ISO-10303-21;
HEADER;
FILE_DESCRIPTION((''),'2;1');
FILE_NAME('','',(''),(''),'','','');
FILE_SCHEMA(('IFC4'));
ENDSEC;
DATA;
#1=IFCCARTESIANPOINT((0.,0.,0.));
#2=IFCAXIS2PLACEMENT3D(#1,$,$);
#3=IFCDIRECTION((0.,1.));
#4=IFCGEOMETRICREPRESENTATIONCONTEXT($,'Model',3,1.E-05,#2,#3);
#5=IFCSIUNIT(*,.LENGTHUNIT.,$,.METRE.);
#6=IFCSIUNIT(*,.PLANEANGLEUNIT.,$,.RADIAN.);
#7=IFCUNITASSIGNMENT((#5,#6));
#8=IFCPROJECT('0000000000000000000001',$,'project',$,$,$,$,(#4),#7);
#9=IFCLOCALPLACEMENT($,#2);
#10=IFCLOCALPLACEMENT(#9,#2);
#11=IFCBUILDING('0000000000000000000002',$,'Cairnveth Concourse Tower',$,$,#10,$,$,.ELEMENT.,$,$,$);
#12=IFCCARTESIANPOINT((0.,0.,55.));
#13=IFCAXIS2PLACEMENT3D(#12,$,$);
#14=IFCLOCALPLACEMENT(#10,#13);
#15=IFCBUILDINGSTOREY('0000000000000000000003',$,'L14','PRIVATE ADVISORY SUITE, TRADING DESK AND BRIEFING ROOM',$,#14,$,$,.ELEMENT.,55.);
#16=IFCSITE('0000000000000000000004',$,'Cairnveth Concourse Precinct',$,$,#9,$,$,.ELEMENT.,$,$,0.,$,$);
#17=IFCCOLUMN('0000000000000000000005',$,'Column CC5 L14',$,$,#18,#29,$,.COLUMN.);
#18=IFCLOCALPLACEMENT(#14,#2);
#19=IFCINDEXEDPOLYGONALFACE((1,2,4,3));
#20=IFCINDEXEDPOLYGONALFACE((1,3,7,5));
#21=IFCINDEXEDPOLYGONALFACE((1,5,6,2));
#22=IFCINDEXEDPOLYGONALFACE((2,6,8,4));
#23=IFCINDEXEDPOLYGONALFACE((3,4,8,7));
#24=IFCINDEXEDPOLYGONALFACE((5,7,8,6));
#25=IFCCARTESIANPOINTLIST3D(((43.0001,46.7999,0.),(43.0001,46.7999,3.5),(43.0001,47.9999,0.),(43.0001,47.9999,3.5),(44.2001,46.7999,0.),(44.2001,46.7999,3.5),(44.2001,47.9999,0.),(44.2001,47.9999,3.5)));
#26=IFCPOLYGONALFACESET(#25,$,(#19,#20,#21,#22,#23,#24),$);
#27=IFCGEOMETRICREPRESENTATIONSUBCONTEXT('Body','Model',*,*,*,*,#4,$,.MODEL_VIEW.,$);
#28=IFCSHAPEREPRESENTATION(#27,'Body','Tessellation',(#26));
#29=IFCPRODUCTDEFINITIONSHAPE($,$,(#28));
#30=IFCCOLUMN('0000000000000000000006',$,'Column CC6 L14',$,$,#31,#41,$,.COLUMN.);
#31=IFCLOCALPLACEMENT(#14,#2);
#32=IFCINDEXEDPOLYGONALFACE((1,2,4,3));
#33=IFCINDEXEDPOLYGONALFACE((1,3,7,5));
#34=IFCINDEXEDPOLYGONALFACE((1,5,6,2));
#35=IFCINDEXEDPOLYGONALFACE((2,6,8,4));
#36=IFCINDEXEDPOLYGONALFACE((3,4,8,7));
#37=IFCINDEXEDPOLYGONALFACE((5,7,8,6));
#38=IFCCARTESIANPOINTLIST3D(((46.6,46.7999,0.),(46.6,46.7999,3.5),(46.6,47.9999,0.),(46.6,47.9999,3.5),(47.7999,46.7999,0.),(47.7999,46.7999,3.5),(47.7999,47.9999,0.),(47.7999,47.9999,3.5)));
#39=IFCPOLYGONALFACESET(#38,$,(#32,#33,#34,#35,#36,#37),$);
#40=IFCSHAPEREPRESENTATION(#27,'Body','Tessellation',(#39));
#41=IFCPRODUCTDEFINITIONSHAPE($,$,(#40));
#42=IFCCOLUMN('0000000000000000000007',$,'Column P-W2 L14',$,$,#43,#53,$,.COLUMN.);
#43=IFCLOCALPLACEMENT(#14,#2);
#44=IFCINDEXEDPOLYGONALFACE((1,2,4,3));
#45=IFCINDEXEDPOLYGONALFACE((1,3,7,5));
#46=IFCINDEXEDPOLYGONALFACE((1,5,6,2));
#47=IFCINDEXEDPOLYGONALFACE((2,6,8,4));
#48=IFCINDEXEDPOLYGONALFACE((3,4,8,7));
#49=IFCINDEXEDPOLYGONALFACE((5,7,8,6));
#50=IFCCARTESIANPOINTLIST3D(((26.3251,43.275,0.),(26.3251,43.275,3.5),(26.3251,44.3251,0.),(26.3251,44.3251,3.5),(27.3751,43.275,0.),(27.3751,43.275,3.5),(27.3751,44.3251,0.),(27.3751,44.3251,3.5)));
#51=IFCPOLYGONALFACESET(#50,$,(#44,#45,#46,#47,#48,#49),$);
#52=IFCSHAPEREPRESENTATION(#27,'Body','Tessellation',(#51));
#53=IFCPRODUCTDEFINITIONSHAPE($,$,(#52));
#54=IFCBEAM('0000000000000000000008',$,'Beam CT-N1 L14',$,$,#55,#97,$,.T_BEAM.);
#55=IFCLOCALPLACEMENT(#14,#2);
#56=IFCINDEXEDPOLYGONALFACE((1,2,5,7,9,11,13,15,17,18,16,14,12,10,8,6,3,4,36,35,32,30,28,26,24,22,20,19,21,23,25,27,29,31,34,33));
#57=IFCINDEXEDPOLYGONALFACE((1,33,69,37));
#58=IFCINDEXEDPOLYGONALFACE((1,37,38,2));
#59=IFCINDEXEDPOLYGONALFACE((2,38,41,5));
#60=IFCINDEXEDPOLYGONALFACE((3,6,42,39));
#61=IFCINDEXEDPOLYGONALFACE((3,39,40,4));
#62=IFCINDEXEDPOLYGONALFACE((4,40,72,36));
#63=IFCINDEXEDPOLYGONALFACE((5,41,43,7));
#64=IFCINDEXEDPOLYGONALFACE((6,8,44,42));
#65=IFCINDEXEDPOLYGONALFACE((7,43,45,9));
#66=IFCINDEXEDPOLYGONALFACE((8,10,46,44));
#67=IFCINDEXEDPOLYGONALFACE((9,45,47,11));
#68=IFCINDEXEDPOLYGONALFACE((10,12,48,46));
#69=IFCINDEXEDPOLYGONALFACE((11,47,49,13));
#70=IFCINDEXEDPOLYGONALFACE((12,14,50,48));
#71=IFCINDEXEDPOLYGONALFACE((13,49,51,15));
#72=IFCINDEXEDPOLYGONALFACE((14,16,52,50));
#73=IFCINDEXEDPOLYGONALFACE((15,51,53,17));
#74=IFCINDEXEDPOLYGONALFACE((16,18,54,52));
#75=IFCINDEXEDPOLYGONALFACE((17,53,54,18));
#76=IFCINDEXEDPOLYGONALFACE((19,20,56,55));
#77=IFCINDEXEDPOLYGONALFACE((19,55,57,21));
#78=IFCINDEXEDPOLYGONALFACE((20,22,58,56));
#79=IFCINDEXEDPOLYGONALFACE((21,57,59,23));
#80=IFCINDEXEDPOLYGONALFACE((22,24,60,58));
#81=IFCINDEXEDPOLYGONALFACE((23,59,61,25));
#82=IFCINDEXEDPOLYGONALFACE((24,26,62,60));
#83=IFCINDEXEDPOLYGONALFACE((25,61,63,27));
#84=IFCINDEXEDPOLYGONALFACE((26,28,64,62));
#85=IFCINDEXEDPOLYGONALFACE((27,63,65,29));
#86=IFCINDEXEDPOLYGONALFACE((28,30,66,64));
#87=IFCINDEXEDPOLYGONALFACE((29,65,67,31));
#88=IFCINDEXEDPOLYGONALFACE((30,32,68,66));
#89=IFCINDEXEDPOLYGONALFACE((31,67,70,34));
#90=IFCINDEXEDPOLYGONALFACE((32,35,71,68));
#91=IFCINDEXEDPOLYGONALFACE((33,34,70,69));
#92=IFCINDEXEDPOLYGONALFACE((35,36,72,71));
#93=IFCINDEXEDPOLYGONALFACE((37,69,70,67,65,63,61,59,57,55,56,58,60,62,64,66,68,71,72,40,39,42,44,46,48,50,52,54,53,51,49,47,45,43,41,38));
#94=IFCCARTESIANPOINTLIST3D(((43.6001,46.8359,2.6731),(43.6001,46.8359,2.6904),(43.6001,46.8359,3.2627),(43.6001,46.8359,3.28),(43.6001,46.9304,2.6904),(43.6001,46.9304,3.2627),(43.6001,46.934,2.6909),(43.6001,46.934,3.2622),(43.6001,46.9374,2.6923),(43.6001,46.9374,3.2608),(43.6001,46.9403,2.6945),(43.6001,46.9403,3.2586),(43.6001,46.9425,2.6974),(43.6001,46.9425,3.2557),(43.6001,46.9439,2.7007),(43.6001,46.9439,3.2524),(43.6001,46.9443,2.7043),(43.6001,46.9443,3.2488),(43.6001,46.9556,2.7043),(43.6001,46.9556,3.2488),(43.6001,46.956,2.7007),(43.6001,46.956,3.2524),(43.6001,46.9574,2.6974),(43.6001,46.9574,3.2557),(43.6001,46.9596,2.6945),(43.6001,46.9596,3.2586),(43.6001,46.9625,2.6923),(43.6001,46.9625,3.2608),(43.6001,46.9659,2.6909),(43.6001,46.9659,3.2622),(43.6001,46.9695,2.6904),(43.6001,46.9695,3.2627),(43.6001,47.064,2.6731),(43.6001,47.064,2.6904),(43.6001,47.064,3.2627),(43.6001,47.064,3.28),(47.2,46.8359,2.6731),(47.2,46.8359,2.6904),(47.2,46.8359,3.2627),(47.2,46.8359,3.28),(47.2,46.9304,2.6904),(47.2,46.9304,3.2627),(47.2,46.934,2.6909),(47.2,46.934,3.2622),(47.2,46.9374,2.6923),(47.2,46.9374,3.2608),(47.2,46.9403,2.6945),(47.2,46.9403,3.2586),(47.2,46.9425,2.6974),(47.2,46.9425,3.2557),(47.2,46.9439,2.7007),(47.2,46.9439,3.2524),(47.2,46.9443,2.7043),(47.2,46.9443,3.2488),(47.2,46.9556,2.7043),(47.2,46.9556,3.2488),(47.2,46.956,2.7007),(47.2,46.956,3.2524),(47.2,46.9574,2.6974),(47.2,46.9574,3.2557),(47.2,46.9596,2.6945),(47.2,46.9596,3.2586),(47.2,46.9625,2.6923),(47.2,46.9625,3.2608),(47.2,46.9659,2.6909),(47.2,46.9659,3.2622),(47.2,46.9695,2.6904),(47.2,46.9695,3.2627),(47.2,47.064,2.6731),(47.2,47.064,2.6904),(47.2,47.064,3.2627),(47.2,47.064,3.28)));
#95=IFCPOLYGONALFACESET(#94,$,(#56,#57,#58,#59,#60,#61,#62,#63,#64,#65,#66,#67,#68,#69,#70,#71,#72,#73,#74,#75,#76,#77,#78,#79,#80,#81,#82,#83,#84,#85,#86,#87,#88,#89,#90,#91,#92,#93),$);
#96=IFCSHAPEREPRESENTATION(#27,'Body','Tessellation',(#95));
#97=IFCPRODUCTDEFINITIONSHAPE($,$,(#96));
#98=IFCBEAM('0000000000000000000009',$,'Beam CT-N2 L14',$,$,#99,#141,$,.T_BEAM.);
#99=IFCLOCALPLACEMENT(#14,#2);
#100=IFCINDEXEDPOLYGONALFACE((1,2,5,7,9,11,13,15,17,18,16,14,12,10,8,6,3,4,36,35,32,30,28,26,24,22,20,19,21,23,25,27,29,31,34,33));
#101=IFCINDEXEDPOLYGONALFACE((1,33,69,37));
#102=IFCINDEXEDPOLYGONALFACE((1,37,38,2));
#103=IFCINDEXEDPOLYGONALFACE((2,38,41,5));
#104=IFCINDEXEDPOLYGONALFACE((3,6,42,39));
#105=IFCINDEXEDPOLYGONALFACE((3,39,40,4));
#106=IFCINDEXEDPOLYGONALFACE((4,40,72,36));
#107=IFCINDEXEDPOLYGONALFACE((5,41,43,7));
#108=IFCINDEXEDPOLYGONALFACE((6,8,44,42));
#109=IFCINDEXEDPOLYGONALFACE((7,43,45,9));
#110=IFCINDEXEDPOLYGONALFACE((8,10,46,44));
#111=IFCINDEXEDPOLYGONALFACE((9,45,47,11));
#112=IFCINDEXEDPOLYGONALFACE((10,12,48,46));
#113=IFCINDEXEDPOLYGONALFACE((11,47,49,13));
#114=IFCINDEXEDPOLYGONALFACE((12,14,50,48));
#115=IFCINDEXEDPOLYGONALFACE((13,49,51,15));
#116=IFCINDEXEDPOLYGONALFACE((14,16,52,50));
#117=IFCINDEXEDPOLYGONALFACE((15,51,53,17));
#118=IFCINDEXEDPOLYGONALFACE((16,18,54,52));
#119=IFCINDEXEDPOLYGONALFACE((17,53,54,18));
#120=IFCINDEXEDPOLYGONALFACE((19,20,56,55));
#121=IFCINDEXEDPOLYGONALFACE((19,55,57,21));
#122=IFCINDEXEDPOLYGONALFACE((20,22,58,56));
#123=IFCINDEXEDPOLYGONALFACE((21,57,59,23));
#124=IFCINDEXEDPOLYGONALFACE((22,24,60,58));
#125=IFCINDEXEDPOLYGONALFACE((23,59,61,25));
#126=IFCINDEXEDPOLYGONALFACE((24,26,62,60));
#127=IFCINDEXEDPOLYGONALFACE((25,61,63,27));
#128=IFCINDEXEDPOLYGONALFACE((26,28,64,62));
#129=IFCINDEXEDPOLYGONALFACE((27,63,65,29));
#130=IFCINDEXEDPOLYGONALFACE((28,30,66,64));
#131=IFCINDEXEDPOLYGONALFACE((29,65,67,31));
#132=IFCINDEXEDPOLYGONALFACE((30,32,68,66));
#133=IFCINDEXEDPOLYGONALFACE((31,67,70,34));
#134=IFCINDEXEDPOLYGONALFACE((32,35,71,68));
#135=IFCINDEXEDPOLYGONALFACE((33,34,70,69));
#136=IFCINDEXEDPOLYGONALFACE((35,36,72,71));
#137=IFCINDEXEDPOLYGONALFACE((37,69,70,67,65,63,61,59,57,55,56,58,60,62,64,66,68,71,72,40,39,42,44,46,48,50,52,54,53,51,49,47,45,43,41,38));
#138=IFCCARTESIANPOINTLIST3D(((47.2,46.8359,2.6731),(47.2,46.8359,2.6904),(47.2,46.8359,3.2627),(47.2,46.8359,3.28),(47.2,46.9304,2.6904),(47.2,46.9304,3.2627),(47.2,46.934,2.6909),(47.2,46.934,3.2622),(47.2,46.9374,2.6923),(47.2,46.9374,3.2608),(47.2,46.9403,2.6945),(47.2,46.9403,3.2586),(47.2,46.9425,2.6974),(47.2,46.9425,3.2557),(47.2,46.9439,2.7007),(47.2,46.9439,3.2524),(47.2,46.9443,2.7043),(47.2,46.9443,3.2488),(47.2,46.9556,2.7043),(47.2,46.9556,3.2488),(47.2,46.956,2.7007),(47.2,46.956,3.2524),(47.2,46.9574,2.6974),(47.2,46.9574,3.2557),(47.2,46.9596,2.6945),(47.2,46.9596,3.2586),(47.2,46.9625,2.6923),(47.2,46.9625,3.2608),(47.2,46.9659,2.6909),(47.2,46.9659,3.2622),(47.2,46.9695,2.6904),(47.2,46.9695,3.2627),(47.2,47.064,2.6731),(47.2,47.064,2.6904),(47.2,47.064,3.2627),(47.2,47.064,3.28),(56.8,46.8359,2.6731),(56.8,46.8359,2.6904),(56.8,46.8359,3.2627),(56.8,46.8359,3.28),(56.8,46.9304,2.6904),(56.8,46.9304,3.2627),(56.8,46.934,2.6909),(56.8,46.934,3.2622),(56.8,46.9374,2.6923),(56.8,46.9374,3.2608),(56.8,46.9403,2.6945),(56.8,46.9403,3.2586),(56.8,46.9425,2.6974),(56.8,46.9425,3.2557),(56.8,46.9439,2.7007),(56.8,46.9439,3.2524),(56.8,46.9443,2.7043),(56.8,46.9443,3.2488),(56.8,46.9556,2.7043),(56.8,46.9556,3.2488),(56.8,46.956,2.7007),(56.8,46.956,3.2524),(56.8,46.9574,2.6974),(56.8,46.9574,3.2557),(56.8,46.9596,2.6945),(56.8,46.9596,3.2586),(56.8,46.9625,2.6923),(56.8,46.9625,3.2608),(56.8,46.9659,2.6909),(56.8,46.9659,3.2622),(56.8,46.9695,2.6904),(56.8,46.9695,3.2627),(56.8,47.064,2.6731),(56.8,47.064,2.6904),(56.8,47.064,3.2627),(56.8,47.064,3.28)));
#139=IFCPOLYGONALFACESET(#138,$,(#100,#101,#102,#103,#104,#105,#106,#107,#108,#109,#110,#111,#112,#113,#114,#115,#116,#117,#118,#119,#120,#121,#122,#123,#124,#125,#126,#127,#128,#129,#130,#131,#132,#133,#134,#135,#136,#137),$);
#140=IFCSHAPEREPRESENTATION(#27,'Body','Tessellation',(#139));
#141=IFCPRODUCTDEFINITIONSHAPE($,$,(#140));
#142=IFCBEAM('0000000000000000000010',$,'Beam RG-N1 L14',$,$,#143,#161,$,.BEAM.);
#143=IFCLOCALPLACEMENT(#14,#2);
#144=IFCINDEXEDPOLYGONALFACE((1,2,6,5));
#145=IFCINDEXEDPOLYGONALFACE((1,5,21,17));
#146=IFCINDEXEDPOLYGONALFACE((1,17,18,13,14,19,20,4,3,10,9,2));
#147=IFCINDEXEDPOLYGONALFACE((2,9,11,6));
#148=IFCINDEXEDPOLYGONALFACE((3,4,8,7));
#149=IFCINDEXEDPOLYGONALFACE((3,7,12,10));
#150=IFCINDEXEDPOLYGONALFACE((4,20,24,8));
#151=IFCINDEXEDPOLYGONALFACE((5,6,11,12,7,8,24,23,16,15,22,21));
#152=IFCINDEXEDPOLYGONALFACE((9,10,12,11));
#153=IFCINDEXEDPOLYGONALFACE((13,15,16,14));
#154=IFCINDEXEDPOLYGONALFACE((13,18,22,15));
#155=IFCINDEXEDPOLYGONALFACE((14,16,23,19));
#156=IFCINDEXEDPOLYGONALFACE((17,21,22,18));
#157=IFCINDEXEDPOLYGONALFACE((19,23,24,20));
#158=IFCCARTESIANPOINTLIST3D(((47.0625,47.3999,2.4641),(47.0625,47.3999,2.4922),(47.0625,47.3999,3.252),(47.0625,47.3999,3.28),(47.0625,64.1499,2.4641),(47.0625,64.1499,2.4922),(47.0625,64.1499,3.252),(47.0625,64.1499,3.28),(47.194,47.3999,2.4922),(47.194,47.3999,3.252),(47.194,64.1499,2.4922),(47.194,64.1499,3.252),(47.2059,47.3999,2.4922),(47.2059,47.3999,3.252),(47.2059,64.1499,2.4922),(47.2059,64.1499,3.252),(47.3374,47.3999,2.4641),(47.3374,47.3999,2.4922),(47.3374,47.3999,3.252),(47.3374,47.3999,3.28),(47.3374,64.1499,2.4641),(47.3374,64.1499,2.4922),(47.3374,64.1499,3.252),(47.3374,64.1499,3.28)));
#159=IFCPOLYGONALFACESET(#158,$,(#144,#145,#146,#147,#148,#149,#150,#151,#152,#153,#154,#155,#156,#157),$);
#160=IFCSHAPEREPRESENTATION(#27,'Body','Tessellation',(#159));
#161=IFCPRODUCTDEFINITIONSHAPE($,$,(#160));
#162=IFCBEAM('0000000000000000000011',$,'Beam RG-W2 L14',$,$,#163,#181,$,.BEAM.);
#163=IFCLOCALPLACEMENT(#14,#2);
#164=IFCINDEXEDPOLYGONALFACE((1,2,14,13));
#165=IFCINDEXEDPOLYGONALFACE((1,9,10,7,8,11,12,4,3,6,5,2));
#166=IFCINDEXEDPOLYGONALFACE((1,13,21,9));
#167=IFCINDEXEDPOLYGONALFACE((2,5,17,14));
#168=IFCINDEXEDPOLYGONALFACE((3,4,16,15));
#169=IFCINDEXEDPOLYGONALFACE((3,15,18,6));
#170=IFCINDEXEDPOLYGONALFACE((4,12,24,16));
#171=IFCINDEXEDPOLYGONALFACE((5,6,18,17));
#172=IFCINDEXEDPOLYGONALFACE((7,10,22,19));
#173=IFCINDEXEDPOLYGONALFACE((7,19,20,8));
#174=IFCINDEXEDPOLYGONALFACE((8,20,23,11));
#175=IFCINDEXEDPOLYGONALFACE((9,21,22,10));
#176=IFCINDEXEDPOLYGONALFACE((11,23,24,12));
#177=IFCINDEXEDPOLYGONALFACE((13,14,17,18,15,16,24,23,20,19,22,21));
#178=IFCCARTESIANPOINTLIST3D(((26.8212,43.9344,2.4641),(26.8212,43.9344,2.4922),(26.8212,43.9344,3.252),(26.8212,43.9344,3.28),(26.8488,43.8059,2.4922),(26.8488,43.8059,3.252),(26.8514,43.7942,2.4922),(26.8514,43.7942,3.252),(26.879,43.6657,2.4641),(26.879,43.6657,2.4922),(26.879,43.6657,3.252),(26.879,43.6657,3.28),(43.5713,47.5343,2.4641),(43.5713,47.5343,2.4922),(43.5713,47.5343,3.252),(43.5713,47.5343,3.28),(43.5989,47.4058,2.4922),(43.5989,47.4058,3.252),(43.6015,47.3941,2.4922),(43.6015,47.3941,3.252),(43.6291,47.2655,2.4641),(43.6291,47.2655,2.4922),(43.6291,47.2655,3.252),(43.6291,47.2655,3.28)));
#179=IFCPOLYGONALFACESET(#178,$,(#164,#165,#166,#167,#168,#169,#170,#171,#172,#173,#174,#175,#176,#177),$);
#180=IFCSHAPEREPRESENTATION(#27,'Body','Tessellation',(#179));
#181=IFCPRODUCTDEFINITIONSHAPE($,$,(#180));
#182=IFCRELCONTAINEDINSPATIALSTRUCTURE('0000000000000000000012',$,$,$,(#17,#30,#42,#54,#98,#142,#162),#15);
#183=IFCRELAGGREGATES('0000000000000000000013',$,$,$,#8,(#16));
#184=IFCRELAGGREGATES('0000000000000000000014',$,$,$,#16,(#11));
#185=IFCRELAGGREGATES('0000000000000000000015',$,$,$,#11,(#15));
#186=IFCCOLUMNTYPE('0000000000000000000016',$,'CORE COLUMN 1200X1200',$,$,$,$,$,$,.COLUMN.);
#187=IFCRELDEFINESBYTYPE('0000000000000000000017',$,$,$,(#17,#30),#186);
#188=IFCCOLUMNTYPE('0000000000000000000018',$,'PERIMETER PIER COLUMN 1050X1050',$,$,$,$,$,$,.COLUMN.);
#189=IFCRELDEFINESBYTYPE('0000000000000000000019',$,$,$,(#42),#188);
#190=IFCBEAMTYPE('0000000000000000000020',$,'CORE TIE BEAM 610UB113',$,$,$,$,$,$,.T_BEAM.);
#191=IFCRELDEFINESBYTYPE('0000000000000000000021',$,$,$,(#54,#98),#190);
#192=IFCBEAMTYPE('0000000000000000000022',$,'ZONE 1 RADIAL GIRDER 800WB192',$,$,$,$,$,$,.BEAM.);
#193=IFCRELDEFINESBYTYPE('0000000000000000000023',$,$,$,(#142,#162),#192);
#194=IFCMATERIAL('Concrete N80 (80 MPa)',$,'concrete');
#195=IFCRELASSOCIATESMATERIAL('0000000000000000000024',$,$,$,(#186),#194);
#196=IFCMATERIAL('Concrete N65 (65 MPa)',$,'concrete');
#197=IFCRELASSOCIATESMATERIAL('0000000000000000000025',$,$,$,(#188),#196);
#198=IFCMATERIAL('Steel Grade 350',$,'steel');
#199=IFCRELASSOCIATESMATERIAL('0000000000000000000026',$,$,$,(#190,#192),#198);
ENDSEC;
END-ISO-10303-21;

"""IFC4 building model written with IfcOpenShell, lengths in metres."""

from ifc_helpers import new_model, si_unit, direction, frame, origin, origin_2d, place, context, subcontext, project, spatial, rectangle, i_section, extrude, material, material_profile, profile_set, type_object, element, save


model = new_model("IFC4")

# Units and contexts
model_context = context("Model", 3, precision=1e-05, world=origin(), true_north=direction((0.0, 1.0)))
body_context = subcontext(model_context, "Body", "Model", "MODEL_VIEW")
ifc_project = project(units=[si_unit("LENGTHUNIT", "METRE"), si_unit("PLANEANGLEUNIT", "RADIAN")], contexts=[model_context])

# Site, building, storey
site_placement = place(None, origin())
site = spatial("IfcSite", under=ifc_project, at=site_placement, Name="Cairnveth Concourse Precinct", CompositionType="ELEMENT", RefElevation=0.0)
building_placement = place(site_placement, origin())
building = spatial("IfcBuilding", under=site, at=building_placement, Name="Cairnveth Concourse Tower", CompositionType="ELEMENT")
storey_placement = place(building_placement, frame((0.0, 0.0, 55.0)))
storey = spatial("IfcBuildingStorey", under=building, at=storey_placement, Name="L14", Description="PRIVATE ADVISORY SUITE, TRADING DESK AND BRIEFING ROOM", CompositionType="ELEMENT", Elevation=55.0)

# Columns
ifc_material_1 = material(Name="Concrete N80 (80 MPa)", Category="concrete")
ifc_material_profile_1 = material_profile(ifc_material_1, rectangle(XDim=1.2, YDim=1.2, at=origin_2d()), Name="RC-COL-1200x1200")
ifc_profile_set_1 = profile_set([ifc_material_profile_1], Name="Concrete N80 (80 MPa)")
column_type_1 = type_object("IfcColumnType", Name="CORE COLUMN 1200X1200", PredefinedType="COLUMN", material=ifc_profile_set_1)
for number, where, z_axis, x_axis, name in (
    (1, (43.6001, 47.3999, 0.0), (0.0, 0.0, 1.0), (1.0, 0.0, 0.0), "Column CC5 L14"),
    (2, (47.2, 47.3999, 0.0), (0.0, 0.0, 1.0), (1.0, 0.0, 0.0), "Column CC6 L14"),
):
    element("IfcColumn", number, at=place(storey_placement, frame(where, z_axis=z_axis, x_axis=x_axis)), inside=storey, type_object=column_type_1, Name=name, PredefinedType="COLUMN", context=body_context, shape_type="SweptSolid", body=[
        extrude(rectangle(XDim=1.2, YDim=1.2, at=origin_2d()), origin(), (0.0, 0.0, 1.0), 3.5),
    ])
ifc_material_2 = material(Name="Concrete N65 (65 MPa)", Category="concrete")
ifc_material_profile_2 = material_profile(ifc_material_2, rectangle(XDim=1.05, YDim=1.05, at=origin_2d()), Name="RC-COL-1050x1050")
ifc_profile_set_2 = profile_set([ifc_material_profile_2], Name="Concrete N65 (65 MPa)")
column_type_2 = type_object("IfcColumnType", Name="PERIMETER PIER COLUMN 1050X1050", PredefinedType="COLUMN", material=ifc_profile_set_2)
column_placement = place(storey_placement, frame((26.8501, 43.8, 0.0), z_axis=(0.0, 0.0, 1.0), x_axis=(0.0, 1.0, 0.0)))
element("IfcColumn", 3, at=column_placement, inside=storey, type_object=column_type_2, Name="Column P-W2 L14", PredefinedType="COLUMN", context=body_context, shape_type="SweptSolid", body=[
    extrude(rectangle(XDim=1.05, YDim=1.05, at=origin_2d()), origin(), (0.0, 0.0, 1.0), 3.5),
])

# Beams
ifc_material_3 = material(Name="Steel Grade 350", Category="steel")
ifc_material_profile_3 = material_profile(ifc_material_3, i_section(OverallWidth=0.228, OverallDepth=0.6069, WebThickness=0.0112, FlangeThickness=0.0173, FilletRadius=0.0139, at=origin_2d()), Name="610UB113")
ifc_profile_set_3 = profile_set([ifc_material_profile_3], Name="Steel Grade 350")
beam_type_1 = type_object("IfcBeamType", Name="CORE TIE BEAM 610UB113", PredefinedType="T_BEAM", material=ifc_profile_set_3)
beam_1_placement = place(storey_placement, frame((43.6001, 46.95, 2.9766), z_axis=(1.0, 0.0, 0.0), x_axis=(0.0, 1.0, 0.0)))
element("IfcBeam", 4, at=beam_1_placement, inside=storey, type_object=beam_type_1, Name="Beam CT-N1 L14", PredefinedType="T_BEAM", context=body_context, shape_type="SweptSolid", body=[
    extrude(i_section(OverallWidth=0.228, OverallDepth=0.6069, WebThickness=0.0112, FlangeThickness=0.0173, FilletRadius=0.0139, at=origin_2d()), origin(), (0.0, 0.0, 1.0), 3.5999),
])
beam_2_placement = place(storey_placement, frame((47.2, 46.95, 2.9766), z_axis=(1.0, 0.0, 0.0), x_axis=(0.0, 1.0, 0.0)))
element("IfcBeam", 5, at=beam_2_placement, inside=storey, type_object=beam_type_1, Name="Beam CT-N2 L14", PredefinedType="T_BEAM", context=body_context, shape_type="SweptSolid", body=[
    extrude(i_section(OverallWidth=0.228, OverallDepth=0.6069, WebThickness=0.0112, FlangeThickness=0.0173, FilletRadius=0.0139, at=origin_2d()), origin(), (0.0, 0.0, 1.0), 9.6001),
])
ifc_material_profile_4 = material_profile(ifc_material_3, i_section(OverallWidth=0.2749, OverallDepth=0.8159, WebThickness=0.012, FlangeThickness=0.0281, at=origin_2d()), Name="800WB192")
ifc_profile_set_4 = profile_set([ifc_material_profile_4], Name="Steel Grade 350")
beam_type_2 = type_object("IfcBeamType", Name="ZONE 1 RADIAL GIRDER 800WB192", PredefinedType="BEAM", material=ifc_profile_set_4)
beam_3_placement = place(storey_placement, frame((47.2, 47.3999, 2.8721), z_axis=(0.0, 1.0, 0.0), x_axis=(-1.0, 0.0, 0.0)))
element("IfcBeam", 6, at=beam_3_placement, inside=storey, type_object=beam_type_2, Name="Beam RG-N1 L14", PredefinedType="BEAM", context=body_context, shape_type="SweptSolid", body=[
    extrude(i_section(OverallWidth=0.2749, OverallDepth=0.8159, WebThickness=0.012, FlangeThickness=0.0281, at=origin_2d()), origin(), (0.0, 0.0, 1.0), 16.75),
])
beam_4_placement = place(storey_placement, frame((26.8501, 43.8, 2.8721), z_axis=(0.977676, 0.210119, 0.0), x_axis=(-0.210119, 0.977676, 0.0)))
element("IfcBeam", 7, at=beam_4_placement, inside=storey, type_object=beam_type_2, Name="Beam RG-W2 L14", PredefinedType="BEAM", context=body_context, shape_type="SweptSolid", body=[
    extrude(i_section(OverallWidth=0.2749, OverallDepth=0.8159, WebThickness=0.012, FlangeThickness=0.0281, at=origin_2d()), origin(), (0.0, 0.0, 1.0), 17.1326),
])

save(model, "model.ifc")
